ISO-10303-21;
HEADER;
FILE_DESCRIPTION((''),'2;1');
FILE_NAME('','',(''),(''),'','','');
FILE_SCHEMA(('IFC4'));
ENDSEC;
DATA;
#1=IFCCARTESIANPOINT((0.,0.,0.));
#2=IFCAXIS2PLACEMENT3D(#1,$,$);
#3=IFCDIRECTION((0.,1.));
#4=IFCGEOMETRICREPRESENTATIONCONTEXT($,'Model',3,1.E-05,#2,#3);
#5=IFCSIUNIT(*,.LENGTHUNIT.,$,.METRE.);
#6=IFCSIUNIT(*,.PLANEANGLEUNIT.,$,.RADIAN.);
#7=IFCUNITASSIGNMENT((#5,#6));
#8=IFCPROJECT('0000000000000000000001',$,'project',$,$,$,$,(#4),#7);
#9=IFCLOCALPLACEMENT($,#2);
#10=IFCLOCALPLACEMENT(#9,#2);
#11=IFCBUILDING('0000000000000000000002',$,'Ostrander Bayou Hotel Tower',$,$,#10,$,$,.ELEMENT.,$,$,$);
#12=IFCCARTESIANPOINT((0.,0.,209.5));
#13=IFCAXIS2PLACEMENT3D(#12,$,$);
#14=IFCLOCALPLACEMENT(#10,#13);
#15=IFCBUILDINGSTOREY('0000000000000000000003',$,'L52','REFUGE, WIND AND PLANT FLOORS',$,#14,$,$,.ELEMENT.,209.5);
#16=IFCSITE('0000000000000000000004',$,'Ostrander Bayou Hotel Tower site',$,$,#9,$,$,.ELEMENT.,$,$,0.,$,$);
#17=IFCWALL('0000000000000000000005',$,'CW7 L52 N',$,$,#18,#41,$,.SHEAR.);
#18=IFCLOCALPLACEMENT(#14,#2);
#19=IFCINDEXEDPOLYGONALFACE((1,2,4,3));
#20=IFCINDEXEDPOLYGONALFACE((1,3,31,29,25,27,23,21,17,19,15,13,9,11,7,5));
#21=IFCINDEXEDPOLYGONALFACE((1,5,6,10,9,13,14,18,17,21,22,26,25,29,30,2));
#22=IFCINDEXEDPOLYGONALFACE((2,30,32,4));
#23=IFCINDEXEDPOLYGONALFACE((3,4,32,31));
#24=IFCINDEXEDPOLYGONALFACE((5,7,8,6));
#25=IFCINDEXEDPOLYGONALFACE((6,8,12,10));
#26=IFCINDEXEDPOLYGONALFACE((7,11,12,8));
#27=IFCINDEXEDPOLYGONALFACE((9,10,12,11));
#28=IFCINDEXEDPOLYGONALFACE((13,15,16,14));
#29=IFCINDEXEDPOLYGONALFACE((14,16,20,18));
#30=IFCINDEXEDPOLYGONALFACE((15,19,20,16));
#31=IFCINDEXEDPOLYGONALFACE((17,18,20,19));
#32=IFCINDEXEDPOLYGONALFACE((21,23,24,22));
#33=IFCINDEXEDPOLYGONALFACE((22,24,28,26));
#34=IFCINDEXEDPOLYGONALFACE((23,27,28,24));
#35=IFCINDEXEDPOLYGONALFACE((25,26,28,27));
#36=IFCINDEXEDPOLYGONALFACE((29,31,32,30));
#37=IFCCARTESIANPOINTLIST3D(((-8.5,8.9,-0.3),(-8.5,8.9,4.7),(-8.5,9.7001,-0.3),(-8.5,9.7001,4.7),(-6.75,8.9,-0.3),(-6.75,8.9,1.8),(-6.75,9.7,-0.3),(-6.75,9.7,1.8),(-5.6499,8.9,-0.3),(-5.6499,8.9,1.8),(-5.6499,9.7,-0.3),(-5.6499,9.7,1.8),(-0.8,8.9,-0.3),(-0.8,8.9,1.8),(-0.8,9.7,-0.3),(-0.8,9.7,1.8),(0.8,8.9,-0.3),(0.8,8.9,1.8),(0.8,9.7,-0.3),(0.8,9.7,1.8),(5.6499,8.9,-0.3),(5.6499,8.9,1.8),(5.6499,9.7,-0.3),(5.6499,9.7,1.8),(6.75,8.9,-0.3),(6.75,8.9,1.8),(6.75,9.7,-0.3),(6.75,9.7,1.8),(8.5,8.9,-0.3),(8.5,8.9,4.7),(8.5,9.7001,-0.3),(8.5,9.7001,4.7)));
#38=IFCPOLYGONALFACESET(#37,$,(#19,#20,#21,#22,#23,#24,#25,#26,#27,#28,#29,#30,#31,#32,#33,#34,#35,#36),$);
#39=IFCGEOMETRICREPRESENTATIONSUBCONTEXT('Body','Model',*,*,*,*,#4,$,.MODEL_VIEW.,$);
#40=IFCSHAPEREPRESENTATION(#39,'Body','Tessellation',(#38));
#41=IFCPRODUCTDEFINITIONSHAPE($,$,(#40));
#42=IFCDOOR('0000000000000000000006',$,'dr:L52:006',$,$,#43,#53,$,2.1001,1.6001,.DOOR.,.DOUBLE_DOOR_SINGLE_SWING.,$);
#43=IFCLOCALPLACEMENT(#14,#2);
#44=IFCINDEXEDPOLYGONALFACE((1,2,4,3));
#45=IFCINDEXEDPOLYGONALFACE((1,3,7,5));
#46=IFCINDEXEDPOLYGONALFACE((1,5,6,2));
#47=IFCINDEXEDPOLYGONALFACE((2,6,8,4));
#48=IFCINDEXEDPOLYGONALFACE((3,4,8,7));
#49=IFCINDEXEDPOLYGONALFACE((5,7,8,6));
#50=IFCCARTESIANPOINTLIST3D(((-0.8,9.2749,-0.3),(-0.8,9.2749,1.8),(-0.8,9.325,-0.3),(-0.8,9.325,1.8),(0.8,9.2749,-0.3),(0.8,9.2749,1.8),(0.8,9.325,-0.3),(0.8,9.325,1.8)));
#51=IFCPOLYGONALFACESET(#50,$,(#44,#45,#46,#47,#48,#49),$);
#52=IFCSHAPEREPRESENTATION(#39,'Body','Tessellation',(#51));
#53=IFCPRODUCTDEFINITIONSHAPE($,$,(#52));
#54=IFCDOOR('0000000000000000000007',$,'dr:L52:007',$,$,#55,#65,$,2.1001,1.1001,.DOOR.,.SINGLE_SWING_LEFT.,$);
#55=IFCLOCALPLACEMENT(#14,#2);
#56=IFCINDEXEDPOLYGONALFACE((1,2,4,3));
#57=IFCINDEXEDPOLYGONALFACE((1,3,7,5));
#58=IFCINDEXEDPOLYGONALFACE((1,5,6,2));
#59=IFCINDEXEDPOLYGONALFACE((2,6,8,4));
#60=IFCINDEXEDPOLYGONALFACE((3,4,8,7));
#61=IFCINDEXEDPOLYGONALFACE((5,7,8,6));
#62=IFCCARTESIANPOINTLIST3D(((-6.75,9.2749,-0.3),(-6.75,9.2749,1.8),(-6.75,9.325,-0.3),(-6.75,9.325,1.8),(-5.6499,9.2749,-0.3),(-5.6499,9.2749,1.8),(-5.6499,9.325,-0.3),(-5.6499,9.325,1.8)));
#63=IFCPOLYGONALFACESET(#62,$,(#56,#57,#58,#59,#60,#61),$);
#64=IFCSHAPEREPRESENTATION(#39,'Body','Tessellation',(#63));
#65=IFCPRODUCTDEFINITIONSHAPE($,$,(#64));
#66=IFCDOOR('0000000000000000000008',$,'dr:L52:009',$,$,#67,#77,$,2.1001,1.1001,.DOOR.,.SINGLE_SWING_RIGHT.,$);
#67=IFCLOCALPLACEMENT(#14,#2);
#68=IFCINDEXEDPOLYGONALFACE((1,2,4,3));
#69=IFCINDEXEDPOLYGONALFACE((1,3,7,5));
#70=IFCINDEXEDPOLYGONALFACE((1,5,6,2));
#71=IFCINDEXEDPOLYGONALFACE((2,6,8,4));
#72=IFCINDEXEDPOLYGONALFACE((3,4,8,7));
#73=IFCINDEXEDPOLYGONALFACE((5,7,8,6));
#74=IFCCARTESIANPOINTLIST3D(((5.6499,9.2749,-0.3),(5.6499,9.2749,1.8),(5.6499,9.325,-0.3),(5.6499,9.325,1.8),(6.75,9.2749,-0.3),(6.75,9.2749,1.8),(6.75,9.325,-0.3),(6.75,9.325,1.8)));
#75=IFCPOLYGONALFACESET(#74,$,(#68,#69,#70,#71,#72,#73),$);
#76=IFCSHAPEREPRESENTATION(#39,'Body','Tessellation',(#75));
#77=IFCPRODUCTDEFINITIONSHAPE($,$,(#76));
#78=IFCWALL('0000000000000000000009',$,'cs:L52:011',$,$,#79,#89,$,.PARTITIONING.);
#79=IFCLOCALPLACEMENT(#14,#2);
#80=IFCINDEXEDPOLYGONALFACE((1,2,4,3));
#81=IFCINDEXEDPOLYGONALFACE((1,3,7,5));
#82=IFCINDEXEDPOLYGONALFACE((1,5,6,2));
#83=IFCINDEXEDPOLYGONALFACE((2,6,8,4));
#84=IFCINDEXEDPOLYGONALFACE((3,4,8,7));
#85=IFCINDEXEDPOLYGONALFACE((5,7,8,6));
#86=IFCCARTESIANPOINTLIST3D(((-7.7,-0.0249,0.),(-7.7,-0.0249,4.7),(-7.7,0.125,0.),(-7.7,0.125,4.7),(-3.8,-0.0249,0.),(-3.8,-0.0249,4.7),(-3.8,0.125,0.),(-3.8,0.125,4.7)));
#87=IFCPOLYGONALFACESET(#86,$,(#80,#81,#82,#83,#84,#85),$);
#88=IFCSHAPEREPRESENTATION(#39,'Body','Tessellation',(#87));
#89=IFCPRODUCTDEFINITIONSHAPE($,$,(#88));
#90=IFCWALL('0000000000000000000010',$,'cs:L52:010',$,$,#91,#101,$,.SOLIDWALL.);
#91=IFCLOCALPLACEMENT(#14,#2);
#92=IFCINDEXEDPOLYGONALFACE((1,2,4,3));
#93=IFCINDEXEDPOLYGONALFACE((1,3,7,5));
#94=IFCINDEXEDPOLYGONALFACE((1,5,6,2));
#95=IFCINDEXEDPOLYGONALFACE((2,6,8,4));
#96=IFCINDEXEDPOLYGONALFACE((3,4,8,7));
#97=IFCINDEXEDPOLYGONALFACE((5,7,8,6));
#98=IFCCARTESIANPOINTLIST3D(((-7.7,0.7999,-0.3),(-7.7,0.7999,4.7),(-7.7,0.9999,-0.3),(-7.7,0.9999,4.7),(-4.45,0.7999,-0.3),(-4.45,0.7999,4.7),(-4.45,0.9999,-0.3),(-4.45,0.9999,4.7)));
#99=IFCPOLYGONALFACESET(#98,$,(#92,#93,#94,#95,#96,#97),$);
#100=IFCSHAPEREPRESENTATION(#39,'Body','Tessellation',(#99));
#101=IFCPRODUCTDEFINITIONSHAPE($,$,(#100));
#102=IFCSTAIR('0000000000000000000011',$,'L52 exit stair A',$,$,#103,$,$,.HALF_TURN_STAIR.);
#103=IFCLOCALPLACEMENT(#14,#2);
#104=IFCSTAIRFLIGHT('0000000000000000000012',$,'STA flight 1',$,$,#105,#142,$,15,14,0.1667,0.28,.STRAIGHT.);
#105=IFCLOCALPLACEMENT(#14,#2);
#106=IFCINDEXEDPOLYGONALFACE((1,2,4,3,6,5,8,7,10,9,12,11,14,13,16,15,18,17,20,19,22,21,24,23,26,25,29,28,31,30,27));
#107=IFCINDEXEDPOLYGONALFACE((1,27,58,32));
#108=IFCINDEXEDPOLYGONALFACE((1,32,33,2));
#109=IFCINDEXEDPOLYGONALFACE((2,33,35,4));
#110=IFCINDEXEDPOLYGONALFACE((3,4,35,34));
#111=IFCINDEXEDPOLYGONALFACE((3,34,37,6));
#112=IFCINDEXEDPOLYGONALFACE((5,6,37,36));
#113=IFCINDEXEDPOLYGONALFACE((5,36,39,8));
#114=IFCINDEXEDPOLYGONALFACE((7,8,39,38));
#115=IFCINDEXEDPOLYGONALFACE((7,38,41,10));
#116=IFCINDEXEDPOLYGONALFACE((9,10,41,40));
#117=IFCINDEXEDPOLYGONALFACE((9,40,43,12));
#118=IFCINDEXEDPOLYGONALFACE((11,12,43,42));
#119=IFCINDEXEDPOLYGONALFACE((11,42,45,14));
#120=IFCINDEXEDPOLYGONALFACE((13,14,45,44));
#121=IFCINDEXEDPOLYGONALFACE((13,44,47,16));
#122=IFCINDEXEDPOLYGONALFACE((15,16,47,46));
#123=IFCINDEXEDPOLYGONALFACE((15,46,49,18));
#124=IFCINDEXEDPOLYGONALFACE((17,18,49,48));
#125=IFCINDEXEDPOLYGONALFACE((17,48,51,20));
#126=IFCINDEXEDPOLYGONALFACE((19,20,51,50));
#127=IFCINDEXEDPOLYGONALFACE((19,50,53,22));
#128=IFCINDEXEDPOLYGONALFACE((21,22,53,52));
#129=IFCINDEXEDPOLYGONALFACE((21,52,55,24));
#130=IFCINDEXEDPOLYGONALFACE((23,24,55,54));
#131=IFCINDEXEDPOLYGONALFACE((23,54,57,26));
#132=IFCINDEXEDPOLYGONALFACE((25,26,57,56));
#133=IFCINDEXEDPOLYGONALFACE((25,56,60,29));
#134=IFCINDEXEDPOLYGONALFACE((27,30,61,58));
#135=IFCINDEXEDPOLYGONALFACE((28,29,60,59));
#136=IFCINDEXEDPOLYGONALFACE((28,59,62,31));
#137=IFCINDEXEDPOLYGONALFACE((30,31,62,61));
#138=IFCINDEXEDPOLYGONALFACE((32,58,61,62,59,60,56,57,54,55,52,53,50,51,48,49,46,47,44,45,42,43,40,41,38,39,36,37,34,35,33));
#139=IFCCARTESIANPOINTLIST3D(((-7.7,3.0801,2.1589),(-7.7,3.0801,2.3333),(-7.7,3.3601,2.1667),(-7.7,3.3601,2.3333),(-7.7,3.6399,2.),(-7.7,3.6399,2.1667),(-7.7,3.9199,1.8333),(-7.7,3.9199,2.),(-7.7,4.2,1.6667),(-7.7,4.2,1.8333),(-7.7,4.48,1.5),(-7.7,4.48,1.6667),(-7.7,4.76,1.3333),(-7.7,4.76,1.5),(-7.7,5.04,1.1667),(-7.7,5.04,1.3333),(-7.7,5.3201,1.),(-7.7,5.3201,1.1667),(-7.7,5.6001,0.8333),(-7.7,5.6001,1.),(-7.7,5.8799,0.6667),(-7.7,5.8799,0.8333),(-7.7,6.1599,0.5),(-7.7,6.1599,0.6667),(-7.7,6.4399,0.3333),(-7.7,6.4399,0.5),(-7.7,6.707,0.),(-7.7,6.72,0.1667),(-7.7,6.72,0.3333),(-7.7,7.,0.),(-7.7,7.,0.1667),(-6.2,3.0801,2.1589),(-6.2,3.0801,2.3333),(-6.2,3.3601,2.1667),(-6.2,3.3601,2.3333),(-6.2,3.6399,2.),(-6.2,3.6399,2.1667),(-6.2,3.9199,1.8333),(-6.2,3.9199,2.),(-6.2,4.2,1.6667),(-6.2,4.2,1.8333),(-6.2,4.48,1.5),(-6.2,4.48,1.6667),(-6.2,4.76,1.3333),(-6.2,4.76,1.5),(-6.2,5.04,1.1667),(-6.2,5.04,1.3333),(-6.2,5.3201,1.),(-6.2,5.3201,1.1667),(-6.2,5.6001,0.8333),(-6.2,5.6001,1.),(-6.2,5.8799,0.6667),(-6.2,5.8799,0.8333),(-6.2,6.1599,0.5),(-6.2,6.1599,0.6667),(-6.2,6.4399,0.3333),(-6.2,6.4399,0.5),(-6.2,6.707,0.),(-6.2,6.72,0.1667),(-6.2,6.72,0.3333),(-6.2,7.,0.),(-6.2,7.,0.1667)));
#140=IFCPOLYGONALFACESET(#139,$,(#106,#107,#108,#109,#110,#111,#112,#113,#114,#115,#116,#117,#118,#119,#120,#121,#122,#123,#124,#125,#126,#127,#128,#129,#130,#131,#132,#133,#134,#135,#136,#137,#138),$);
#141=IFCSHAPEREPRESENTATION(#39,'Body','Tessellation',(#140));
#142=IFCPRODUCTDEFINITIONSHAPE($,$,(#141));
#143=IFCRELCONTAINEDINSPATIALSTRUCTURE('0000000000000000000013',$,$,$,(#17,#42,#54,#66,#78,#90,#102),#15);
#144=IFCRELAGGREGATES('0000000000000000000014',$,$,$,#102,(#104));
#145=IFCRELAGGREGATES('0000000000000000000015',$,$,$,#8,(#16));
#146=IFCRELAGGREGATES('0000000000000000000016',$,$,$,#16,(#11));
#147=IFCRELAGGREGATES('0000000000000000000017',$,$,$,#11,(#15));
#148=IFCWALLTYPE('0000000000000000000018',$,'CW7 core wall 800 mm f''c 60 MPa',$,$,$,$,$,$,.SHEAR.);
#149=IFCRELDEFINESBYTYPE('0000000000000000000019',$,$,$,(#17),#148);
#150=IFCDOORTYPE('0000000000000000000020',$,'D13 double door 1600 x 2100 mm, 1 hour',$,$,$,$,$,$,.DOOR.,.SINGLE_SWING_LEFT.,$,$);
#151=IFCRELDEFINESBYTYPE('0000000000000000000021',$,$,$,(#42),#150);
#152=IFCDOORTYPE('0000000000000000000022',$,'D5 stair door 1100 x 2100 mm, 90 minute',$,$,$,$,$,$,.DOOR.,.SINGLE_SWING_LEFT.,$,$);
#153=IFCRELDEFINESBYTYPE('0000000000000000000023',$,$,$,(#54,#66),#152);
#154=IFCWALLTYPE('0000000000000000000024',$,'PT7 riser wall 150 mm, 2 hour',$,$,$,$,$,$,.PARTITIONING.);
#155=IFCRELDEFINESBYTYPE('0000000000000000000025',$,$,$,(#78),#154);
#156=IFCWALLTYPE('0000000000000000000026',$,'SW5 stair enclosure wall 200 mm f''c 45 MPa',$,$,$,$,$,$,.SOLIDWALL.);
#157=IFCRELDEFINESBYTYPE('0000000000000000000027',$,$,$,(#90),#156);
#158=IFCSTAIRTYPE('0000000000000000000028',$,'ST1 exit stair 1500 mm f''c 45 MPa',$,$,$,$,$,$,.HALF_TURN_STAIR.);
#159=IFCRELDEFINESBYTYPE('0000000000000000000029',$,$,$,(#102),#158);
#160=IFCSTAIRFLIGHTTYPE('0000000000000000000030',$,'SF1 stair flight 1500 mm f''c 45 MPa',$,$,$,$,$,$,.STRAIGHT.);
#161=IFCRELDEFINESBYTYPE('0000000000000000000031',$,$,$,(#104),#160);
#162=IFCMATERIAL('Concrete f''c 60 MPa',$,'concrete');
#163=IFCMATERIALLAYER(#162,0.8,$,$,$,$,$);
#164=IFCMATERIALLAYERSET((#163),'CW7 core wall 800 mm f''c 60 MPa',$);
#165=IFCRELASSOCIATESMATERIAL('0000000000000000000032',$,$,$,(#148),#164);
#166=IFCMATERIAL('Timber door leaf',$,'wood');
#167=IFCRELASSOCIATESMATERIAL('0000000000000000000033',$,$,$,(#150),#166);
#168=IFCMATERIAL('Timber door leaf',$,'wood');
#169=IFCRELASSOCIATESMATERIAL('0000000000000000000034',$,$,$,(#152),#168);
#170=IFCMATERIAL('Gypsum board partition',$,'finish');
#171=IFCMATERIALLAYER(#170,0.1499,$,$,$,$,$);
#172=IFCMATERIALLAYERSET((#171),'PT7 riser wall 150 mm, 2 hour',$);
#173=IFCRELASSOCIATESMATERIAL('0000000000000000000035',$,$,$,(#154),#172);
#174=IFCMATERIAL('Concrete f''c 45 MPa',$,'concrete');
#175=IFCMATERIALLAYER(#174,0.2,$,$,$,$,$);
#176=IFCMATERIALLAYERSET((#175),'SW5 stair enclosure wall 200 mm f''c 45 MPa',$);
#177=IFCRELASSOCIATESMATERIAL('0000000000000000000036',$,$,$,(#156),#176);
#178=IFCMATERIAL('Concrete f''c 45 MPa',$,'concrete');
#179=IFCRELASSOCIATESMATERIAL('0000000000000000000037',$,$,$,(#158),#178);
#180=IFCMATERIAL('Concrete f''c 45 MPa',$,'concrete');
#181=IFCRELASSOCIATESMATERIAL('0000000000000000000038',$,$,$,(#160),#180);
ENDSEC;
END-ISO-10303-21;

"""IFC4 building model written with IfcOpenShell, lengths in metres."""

from ifc_helpers import new_model, si_unit, direction, frame, frame_2d, origin, place, context, subcontext, project, spatial, polyline, rectangle, outline, extrude, material, layer, layer_set, type_object, element, fill, aggregate, save


model = new_model("IFC4")

# Units and contexts
model_context = context("Model", 3, precision=1e-05, world=origin(), true_north=direction((0.0, 1.0)))
body_context = subcontext(model_context, "Body", "Model", "MODEL_VIEW")
ifc_project = project(units=[si_unit("LENGTHUNIT", "METRE"), si_unit("PLANEANGLEUNIT", "RADIAN")], contexts=[model_context])

# Site, building, storey
site_placement = place(None, origin())
site = spatial("IfcSite", under=ifc_project, at=site_placement, Name="Ostrander Bayou Hotel Tower site", CompositionType="ELEMENT", RefElevation=0.0)
building_placement = place(site_placement, origin())
building = spatial("IfcBuilding", under=site, at=building_placement, Name="Ostrander Bayou Hotel Tower", CompositionType="ELEMENT")
storey_placement = place(building_placement, frame((0.0, 0.0, 209.5)))
storey = spatial("IfcBuildingStorey", under=building, at=storey_placement, Name="L52", Description="REFUGE, WIND AND PLANT FLOORS", CompositionType="ELEMENT", Elevation=209.5)

# Wall, openings, doors
ifc_material_1 = material(Name="Concrete f'c 60 MPa", Category="concrete")
ifc_layer_1 = layer(ifc_material_1, 0.8)
ifc_layer_set_1 = layer_set([ifc_layer_1], Name="CW7 core wall 800 mm f'c 60 MPa")
wall_type_1 = type_object("IfcWallType", Name="CW7 core wall 800 mm f'c 60 MPa", PredefinedType="SHEAR", material=ifc_layer_set_1)
wall_1_placement = place(storey_placement, frame((-8.5, 9.3, -0.3), z_axis=(0.0, 0.0, 1.0), x_axis=(1.0, 0.0, 0.0)))
wall_1 = element("IfcWall", 1, at=wall_1_placement, inside=storey, type_object=wall_type_1, Name="CW7 L52 N", PredefinedType="SHEAR", context=body_context, shape_type="SweptSolid", body=[
    extrude(rectangle(XDim=17.0, YDim=0.8, at=frame_2d((8.5, 0.0))), origin(), (0.0, 0.0, 1.0), 5.0),
])
opening_1_placement = place(wall_1_placement, frame((7.7, 0.0, 0.0)))
opening_1 = element("IfcOpeningElement", 2, at=opening_1_placement, cuts=wall_1, PredefinedType="OPENING", context=body_context, shape_type="SweptSolid", body=[
    extrude(rectangle(XDim=1.6001, YDim=2.1001, at=frame_2d((0.8, 1.05))), frame((0.0, 0.3999, 0.0), z_axis=(0.0, -1.0, 0.0), x_axis=(1.0, 0.0, 0.0)), (0.0, 0.0, 1.0), 0.8),
])
opening_2_placement = place(wall_1_placement, frame((1.75, 0.0, 0.0)))
opening_2 = element("IfcOpeningElement", 3, at=opening_2_placement, cuts=wall_1, PredefinedType="OPENING", context=body_context, shape_type="SweptSolid", body=[
    extrude(rectangle(XDim=1.1001, YDim=2.1001, at=frame_2d((0.55, 1.05))), frame((0.0, 0.3999, 0.0), z_axis=(0.0, -1.0, 0.0), x_axis=(1.0, 0.0, 0.0)), (0.0, 0.0, 1.0), 0.8),
])
opening_3_placement = place(wall_1_placement, frame((14.1499, 0.0, 0.0)))
opening_3 = element("IfcOpeningElement", 4, at=opening_3_placement, cuts=wall_1, PredefinedType="OPENING", context=body_context, shape_type="SweptSolid", body=[
    extrude(rectangle(XDim=1.1001, YDim=2.1001, at=frame_2d((0.55, 1.05))), frame((0.0, 0.3999, 0.0), z_axis=(0.0, -1.0, 0.0), x_axis=(1.0, 0.0, 0.0)), (0.0, 0.0, 1.0), 0.8),
])
ifc_material_2 = material(Name="Timber door leaf", Category="wood")
door_type_1 = type_object("IfcDoorType", Name="D13 double door 1600 x 2100 mm, 1 hour", OperationType="SINGLE_SWING_LEFT", PredefinedType="DOOR", material=ifc_material_2)
door_1_placement = place(opening_1_placement, origin())
door_1 = element("IfcDoor", 5, at=door_1_placement, inside=storey, type_object=door_type_1, Name="dr:L52:006", OperationType="DOUBLE_DOOR_SINGLE_SWING", OverallHeight=2.1001, OverallWidth=1.6001, PredefinedType="DOOR", context=body_context, shape_type="SweptSolid", body=[
    extrude(rectangle(XDim=1.6001, YDim=2.1001, at=frame_2d((0.8, 1.05))), frame((0.0, 0.0249, 0.0), z_axis=(0.0, -1.0, 0.0), x_axis=(1.0, 0.0, 0.0)), (0.0, 0.0, 1.0), 0.05),
])
fill(opening_1, door_1)
ifc_material_3 = material(Name="Timber door leaf", Category="wood")
door_type_2 = type_object("IfcDoorType", Name="D5 stair door 1100 x 2100 mm, 90 minute", OperationType="SINGLE_SWING_LEFT", PredefinedType="DOOR", material=ifc_material_3)
door_2_placement = place(opening_2_placement, origin())
door_2 = element("IfcDoor", 6, at=door_2_placement, inside=storey, type_object=door_type_2, Name="dr:L52:007", OperationType="SINGLE_SWING_LEFT", OverallHeight=2.1001, OverallWidth=1.1001, PredefinedType="DOOR", context=body_context, shape_type="SweptSolid", body=[
    extrude(rectangle(XDim=1.1001, YDim=2.1001, at=frame_2d((0.55, 1.05))), frame((0.0, 0.0249, 0.0), z_axis=(0.0, -1.0, 0.0), x_axis=(1.0, 0.0, 0.0)), (0.0, 0.0, 1.0), 0.05),
])
fill(opening_2, door_2)
door_3_placement = place(opening_3_placement, origin())
door_3 = element("IfcDoor", 7, at=door_3_placement, inside=storey, type_object=door_type_2, Name="dr:L52:009", OperationType="SINGLE_SWING_RIGHT", OverallHeight=2.1001, OverallWidth=1.1001, PredefinedType="DOOR", context=body_context, shape_type="SweptSolid", body=[
    extrude(rectangle(XDim=1.1001, YDim=2.1001, at=frame_2d((0.55, 1.05))), frame((0.0, 0.0249, 0.0), z_axis=(0.0, -1.0, 0.0), x_axis=(1.0, 0.0, 0.0)), (0.0, 0.0, 1.0), 0.05),
])
fill(opening_3, door_3)

# Walls
ifc_material_4 = material(Name="Gypsum board partition", Category="finish")
ifc_layer_2 = layer(ifc_material_4, 0.1499)
ifc_layer_set_2 = layer_set([ifc_layer_2], Name="PT7 riser wall 150 mm, 2 hour")
wall_type_2 = type_object("IfcWallType", Name="PT7 riser wall 150 mm, 2 hour", PredefinedType="PARTITIONING", material=ifc_layer_set_2)
wall_2_placement = place(storey_placement, frame((-7.7, 0.05, 0.0), z_axis=(0.0, 0.0, 1.0), x_axis=(1.0, 0.0, 0.0)))
element("IfcWall", 8, at=wall_2_placement, inside=storey, type_object=wall_type_2, Name="cs:L52:011", PredefinedType="PARTITIONING", context=body_context, shape_type="SweptSolid", body=[
    extrude(rectangle(XDim=3.8999, YDim=0.1499, at=frame_2d((1.95, 0.0))), origin(), (0.0, 0.0, 1.0), 4.7),
])
ifc_material_5 = material(Name="Concrete f'c 45 MPa", Category="concrete")
ifc_layer_3 = layer(ifc_material_5, 0.2)
ifc_layer_set_3 = layer_set([ifc_layer_3], Name="SW5 stair enclosure wall 200 mm f'c 45 MPa")
wall_type_3 = type_object("IfcWallType", Name="SW5 stair enclosure wall 200 mm f'c 45 MPa", PredefinedType="SOLIDWALL", material=ifc_layer_set_3)
wall_3_placement = place(storey_placement, frame((-7.7, 0.8999, -0.3), z_axis=(0.0, 0.0, 1.0), x_axis=(1.0, 0.0, 0.0)))
element("IfcWall", 9, at=wall_3_placement, inside=storey, type_object=wall_type_3, Name="cs:L52:010", PredefinedType="SOLIDWALL", context=body_context, shape_type="SweptSolid", body=[
    extrude(rectangle(XDim=3.25, YDim=0.2, at=frame_2d((1.625, 0.0))), origin(), (0.0, 0.0, 1.0), 5.0),
])

# Stair, stair flight
ifc_material_6 = material(Name="Concrete f'c 45 MPa", Category="concrete")
stair_type = type_object("IfcStairType", Name="ST1 exit stair 1500 mm f'c 45 MPa", PredefinedType="HALF_TURN_STAIR", material=ifc_material_6)
stair_placement = place(storey_placement, origin())
stair = element("IfcStair", 10, at=stair_placement, inside=storey, type_object=stair_type, Name="L52 exit stair A", PredefinedType="HALF_TURN_STAIR")
ifc_material_7 = material(Name="Concrete f'c 45 MPa", Category="concrete")
stair_flight_type = type_object("IfcStairFlightType", Name="SF1 stair flight 1500 mm f'c 45 MPa", PredefinedType="STRAIGHT", material=ifc_material_7)
stair_flight_placement = place(storey_placement, frame((-6.95, 7.0, 0.0), z_axis=(0.0, 0.0, 1.0), x_axis=(0.0, -1.0, 0.0)))
stair_flight = element("IfcStairFlight", 11, at=stair_flight_placement, type_object=stair_flight_type, Name="STA flight 1", NumberOfRisers=15, NumberOfTreads=14, PredefinedType="STRAIGHT", RiserHeight=0.1667, TreadLength=0.28, context=body_context, shape_type="SweptSolid", body=[
    extrude(outline(polyline([(0.0, 0.0), (0.0, 0.1667), (0.28, 0.1667), (0.28, 0.3333), (0.5601, 0.3333), (0.5601, 0.5), (0.8401, 0.5), (0.8401, 0.6667), (1.1201, 0.6667), (1.1201, 0.8333), (1.3999, 0.8333), (1.3999, 1.0), (1.6799, 1.0), (1.6799, 1.1667), (1.96, 1.1667), (1.96, 1.3333), (2.24, 1.3333), (2.24, 1.5), (2.52, 1.5), (2.52, 1.6667), (2.8, 1.6667), (2.8, 1.8333), (3.0801, 1.8333), (3.0801, 2.0), (3.3601, 2.0), (3.3601, 2.1667), (3.6399, 2.1667), (3.6399, 2.3333), (3.9199, 2.3333), (3.9199, 2.5), (3.9199, 2.1589), (0.293, 0.0), (0.0, 0.0)])), frame((0.0, 0.75, 0.0), z_axis=(0.0, -1.0, 0.0), x_axis=(1.0, 0.0, 0.0)), (0.0, 0.0, 1.0), 1.5),
])
aggregate(stair, [stair_flight])

save(model, "model.ifc")
